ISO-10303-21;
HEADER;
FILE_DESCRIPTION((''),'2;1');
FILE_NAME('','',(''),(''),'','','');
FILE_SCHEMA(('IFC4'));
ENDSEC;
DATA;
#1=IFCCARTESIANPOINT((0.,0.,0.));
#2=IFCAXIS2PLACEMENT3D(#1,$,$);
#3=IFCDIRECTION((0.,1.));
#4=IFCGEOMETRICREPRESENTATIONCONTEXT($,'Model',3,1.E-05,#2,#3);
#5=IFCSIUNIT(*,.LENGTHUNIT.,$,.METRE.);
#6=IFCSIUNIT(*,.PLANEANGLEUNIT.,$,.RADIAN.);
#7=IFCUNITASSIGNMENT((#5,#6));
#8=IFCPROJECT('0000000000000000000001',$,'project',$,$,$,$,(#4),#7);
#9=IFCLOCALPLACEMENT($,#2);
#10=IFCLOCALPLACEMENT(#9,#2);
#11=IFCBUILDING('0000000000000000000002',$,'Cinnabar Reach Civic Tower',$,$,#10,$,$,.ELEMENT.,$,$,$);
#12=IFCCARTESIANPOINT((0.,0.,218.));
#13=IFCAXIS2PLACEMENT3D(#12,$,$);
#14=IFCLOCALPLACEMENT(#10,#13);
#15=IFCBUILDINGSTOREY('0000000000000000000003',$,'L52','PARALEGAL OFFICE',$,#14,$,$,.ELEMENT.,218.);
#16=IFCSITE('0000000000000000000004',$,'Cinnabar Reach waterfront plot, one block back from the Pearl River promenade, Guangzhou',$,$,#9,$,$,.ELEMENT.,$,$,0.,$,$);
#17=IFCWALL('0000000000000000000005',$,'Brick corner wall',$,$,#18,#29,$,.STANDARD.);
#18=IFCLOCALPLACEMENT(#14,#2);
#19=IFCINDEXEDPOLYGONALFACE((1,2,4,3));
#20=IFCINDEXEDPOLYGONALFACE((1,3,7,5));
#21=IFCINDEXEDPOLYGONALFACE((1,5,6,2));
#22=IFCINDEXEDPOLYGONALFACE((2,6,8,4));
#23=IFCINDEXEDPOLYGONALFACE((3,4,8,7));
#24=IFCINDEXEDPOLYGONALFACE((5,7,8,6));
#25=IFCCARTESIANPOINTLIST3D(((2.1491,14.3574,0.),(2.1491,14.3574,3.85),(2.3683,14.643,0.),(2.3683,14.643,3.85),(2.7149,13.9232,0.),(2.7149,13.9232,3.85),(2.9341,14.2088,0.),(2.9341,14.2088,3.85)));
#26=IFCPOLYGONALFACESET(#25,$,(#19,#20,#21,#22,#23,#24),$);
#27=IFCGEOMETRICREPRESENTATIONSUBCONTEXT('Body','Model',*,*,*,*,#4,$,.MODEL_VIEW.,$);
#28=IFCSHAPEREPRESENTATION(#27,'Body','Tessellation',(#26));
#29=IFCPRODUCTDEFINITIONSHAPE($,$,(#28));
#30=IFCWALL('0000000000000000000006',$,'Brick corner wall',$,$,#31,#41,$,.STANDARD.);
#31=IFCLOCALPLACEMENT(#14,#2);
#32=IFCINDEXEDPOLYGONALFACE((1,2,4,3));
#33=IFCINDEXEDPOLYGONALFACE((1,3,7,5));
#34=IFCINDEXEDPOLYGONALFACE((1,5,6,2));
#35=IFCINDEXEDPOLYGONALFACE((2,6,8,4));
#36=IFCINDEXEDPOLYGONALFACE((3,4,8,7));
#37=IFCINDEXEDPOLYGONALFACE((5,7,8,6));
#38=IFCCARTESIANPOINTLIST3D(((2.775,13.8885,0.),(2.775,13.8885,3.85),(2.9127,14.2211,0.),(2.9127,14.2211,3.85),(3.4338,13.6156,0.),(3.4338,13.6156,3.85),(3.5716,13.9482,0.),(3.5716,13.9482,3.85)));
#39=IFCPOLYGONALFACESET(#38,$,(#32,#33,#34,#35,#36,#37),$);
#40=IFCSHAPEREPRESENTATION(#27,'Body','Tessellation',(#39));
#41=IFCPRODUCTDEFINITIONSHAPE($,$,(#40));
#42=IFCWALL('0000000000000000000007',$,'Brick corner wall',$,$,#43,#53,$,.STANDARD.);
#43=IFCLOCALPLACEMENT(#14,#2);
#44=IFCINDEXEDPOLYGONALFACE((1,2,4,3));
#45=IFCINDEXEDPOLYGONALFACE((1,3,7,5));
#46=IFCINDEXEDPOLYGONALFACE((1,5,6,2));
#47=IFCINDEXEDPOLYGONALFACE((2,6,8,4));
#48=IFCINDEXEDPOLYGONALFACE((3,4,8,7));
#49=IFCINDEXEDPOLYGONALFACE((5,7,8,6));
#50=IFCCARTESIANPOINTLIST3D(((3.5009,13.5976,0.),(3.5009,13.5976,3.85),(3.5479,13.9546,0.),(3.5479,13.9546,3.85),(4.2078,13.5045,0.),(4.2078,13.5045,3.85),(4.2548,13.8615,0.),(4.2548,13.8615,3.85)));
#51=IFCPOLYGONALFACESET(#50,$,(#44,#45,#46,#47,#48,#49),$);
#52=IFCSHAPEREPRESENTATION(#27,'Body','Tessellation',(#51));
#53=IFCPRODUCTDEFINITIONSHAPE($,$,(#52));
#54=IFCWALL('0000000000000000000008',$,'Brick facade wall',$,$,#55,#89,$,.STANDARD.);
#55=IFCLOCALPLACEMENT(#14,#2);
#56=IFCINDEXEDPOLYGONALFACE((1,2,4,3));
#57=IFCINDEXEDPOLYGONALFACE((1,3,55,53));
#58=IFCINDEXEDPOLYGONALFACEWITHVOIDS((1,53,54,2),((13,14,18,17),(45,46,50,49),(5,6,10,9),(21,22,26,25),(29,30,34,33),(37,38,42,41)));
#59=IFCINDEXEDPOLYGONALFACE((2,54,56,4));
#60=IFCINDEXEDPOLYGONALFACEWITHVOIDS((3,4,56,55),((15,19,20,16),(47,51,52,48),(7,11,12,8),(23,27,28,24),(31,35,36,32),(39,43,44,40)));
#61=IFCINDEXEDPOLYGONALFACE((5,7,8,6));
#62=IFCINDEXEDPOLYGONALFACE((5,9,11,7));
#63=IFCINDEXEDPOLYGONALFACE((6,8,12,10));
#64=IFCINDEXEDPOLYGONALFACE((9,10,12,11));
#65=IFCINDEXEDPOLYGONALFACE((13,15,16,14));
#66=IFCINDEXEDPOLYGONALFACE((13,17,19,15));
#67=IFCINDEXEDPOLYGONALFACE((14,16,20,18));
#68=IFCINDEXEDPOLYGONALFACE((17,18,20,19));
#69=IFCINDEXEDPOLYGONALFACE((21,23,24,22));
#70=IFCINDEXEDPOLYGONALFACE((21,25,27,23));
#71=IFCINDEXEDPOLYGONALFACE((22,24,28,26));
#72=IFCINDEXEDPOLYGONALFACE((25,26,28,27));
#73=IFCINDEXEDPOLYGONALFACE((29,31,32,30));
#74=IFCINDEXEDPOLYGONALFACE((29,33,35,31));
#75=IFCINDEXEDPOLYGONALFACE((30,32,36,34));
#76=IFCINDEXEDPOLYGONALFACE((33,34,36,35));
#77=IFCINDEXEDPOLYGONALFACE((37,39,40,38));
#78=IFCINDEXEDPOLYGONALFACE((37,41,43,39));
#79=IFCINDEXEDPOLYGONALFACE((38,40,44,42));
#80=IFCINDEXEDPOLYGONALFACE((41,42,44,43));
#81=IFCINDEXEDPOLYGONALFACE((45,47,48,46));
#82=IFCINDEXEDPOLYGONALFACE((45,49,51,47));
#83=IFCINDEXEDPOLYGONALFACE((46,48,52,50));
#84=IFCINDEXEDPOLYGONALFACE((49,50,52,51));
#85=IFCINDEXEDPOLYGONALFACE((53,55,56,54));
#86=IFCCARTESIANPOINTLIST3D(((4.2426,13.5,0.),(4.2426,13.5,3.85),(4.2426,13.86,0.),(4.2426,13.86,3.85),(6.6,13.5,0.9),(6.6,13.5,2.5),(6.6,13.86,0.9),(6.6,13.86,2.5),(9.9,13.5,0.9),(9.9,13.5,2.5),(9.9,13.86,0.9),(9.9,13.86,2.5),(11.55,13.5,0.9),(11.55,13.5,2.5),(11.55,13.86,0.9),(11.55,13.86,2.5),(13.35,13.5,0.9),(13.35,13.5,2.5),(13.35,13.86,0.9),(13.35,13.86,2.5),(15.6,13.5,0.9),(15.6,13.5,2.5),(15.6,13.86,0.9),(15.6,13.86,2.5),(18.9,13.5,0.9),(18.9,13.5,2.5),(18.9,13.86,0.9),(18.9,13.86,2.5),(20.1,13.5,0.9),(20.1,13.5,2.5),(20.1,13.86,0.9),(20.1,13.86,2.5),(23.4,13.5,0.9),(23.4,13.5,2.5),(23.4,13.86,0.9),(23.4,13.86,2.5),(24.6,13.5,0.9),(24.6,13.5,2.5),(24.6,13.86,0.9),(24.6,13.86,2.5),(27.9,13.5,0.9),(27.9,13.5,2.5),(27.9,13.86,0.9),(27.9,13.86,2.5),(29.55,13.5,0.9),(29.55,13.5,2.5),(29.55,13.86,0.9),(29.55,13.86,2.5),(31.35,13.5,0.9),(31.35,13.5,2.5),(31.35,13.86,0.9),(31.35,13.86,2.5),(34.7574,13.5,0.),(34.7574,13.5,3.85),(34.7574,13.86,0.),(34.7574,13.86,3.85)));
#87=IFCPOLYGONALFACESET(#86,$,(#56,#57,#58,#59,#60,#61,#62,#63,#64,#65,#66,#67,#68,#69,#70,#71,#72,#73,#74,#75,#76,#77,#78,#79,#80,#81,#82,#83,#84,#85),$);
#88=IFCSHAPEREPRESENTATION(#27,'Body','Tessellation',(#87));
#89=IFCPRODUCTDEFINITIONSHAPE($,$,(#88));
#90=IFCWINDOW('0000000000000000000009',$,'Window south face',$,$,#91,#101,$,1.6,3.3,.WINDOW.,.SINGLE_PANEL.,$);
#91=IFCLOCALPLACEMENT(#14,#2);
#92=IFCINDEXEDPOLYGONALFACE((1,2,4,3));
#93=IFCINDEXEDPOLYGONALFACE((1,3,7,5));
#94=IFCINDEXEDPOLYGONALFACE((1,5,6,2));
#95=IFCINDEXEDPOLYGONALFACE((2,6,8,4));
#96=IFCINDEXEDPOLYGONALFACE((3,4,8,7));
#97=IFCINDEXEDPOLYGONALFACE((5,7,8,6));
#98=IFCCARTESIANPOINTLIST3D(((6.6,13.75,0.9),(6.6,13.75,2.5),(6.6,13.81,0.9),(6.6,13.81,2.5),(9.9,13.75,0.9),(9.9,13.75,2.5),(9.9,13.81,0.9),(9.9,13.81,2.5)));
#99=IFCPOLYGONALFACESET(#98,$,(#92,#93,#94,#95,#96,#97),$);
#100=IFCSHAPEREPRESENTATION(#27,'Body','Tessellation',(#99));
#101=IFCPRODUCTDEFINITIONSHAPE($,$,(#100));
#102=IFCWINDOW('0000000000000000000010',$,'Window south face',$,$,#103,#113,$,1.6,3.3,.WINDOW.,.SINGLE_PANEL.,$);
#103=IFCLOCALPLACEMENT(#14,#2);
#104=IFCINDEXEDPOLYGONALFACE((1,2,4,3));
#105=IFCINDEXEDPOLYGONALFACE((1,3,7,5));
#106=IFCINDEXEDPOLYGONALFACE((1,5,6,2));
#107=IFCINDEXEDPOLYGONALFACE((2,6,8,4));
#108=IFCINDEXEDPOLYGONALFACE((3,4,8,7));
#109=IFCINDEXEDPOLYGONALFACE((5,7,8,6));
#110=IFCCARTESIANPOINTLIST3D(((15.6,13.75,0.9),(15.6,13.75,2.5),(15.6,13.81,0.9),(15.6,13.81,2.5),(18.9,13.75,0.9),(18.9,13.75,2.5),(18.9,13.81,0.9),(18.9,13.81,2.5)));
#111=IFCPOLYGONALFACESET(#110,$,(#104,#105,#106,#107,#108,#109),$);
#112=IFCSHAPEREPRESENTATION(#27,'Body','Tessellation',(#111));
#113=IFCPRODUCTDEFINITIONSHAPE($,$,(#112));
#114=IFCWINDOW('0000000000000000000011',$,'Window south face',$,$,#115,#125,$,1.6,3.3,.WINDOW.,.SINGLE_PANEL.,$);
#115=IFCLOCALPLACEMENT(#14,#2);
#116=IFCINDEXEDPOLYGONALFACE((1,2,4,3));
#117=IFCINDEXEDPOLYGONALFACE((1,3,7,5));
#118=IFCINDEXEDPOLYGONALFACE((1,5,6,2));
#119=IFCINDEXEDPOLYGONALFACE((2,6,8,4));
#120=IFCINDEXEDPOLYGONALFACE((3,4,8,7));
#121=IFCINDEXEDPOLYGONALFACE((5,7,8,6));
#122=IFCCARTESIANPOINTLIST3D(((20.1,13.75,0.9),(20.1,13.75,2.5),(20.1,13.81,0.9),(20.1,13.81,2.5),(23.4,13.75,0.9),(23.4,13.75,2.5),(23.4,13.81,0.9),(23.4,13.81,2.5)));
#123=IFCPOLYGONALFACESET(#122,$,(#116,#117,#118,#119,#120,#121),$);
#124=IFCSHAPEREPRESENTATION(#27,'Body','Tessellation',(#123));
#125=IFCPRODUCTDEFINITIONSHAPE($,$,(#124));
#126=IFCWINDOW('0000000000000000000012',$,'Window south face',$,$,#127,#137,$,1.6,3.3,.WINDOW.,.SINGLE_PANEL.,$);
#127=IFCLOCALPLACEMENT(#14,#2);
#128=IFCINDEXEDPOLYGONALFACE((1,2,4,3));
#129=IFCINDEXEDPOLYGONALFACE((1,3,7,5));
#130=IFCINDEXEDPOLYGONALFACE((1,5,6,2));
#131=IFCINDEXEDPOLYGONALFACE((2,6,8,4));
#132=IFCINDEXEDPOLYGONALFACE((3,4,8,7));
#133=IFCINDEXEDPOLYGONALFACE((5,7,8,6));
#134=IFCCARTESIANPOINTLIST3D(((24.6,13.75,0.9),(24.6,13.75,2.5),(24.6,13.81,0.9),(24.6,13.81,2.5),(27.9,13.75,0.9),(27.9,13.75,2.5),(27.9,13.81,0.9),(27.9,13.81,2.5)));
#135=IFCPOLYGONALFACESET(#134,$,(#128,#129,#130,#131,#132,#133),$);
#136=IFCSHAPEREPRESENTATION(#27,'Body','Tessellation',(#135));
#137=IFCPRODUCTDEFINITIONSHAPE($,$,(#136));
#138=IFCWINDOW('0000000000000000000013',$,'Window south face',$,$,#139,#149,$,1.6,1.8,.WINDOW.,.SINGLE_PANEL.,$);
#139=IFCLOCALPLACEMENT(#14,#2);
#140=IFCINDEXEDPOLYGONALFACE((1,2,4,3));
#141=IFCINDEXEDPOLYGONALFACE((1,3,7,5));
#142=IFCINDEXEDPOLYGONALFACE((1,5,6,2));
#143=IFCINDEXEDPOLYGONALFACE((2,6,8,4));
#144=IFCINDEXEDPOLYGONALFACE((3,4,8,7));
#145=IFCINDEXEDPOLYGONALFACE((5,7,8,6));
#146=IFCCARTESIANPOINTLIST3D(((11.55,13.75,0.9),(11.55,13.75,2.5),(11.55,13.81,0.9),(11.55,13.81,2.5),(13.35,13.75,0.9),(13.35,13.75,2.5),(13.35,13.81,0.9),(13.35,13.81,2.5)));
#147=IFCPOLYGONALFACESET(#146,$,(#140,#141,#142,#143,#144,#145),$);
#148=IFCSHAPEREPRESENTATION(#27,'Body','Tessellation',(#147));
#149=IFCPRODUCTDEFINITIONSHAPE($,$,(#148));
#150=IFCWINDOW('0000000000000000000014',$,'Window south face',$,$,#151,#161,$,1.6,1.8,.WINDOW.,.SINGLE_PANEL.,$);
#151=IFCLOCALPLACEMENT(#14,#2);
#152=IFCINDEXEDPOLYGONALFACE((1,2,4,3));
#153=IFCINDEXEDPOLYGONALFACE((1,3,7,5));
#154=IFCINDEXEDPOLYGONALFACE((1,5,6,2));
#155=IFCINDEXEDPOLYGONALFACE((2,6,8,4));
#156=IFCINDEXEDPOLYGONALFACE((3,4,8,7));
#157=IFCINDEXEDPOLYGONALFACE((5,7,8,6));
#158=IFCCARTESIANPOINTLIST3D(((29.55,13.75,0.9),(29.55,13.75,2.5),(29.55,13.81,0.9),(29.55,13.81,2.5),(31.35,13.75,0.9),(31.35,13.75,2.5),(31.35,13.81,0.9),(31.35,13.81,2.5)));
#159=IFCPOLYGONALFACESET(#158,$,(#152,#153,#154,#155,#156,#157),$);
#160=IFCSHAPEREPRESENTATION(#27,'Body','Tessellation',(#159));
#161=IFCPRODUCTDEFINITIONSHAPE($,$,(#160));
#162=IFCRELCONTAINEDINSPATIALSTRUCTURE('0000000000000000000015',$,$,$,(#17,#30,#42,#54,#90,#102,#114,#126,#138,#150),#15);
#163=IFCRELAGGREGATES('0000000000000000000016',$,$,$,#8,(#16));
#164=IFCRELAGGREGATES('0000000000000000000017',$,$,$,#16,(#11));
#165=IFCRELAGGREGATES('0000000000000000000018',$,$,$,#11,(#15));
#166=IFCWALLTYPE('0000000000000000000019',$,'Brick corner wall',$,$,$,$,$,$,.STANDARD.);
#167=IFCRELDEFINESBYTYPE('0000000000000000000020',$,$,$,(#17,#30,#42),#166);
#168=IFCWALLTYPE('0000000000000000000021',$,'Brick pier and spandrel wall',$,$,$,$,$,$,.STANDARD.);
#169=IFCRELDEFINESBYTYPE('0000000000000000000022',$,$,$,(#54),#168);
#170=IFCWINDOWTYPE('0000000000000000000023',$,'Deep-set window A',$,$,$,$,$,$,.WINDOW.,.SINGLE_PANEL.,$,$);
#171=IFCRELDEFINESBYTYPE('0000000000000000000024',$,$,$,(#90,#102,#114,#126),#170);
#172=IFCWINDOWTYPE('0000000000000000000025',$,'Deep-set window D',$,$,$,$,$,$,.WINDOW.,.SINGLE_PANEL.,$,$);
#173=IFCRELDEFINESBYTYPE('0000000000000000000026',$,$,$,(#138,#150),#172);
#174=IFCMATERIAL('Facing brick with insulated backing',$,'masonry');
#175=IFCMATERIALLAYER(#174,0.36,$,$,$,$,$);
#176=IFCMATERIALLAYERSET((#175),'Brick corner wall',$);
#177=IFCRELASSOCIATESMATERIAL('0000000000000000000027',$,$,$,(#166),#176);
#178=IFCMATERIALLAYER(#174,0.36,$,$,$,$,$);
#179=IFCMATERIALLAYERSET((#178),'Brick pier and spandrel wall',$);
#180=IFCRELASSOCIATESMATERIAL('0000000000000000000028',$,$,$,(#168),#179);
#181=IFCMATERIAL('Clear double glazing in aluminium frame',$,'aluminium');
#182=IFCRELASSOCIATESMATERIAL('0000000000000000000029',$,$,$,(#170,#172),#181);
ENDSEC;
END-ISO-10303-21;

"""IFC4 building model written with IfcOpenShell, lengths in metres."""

from ifc_helpers import new_model, si_unit, direction, frame, frame_2d, origin, place, context, subcontext, project, spatial, rectangle, extrude, material, layer, layer_set, type_object, element, fill, save


model = new_model("IFC4")

# Units and contexts
model_context = context("Model", 3, precision=1e-05, world=origin(), true_north=direction((0.0, 1.0)))
body_context = subcontext(model_context, "Body", "Model", "MODEL_VIEW")
ifc_project = project(units=[si_unit("LENGTHUNIT", "METRE"), si_unit("PLANEANGLEUNIT", "RADIAN")], contexts=[model_context])

# Site, building, storey
site_placement = place(None, origin())
site = spatial("IfcSite", under=ifc_project, at=site_placement, Name="Cinnabar Reach waterfront plot, one block back from the Pearl River promenade, Guangzhou", CompositionType="ELEMENT", RefElevation=0.0)
building_placement = place(site_placement, origin())
building = spatial("IfcBuilding", under=site, at=building_placement, Name="Cinnabar Reach Civic Tower", CompositionType="ELEMENT")
storey_placement = place(building_placement, frame((0.0, 0.0, 218.0)))
storey = spatial("IfcBuildingStorey", under=building, at=storey_placement, Name="L52", Description="PARALEGAL OFFICE", CompositionType="ELEMENT", Elevation=218.0)

# Walls
ifc_material_1 = material(Name="Facing brick with insulated backing", Category="masonry")
ifc_layer_1 = layer(ifc_material_1, 0.36)
ifc_layer_set_1 = layer_set([ifc_layer_1], Name="Brick corner wall")
wall_type_1 = type_object("IfcWallType", Name="Brick corner wall", PredefinedType="STANDARD", material=ifc_layer_set_1)
wall_1_placement = place(storey_placement, frame((2.2587, 14.5002, 0.0), z_axis=(0.0, 0.0, 1.0), x_axis=(0.793322, -0.608802, 0.0)))
element("IfcWall", 1, at=wall_1_placement, inside=storey, type_object=wall_type_1, Name="Brick corner wall", PredefinedType="STANDARD", context=body_context, shape_type="SweptSolid", body=[
    extrude(rectangle(XDim=0.7132, YDim=0.36, at=frame_2d((0.3566, 0.0))), origin(), (0.0, 0.0, 1.0), 3.85),
])
for number, where, z_axis, x_axis, name in (
    (2, (2.8439, 14.0548, 0.0), (0.0, 0.0, 1.0), (0.923872, -0.382703, 0.0), "Brick corner wall"),
    (3, (3.5244, 13.7761, 0.0), (0.0, 0.0, 1.0), (0.991441, -0.130556, 0.0), "Brick corner wall"),
):
    element("IfcWall", number, at=place(storey_placement, frame(where, z_axis=z_axis, x_axis=x_axis)), inside=storey, type_object=wall_type_1, Name=name, PredefinedType="STANDARD", context=body_context, shape_type="SweptSolid", body=[
        extrude(rectangle(XDim=0.7131, YDim=0.36, at=frame_2d((0.3565, 0.0))), origin(), (0.0, 0.0, 1.0), 3.85),
    ])

# Wall, openings, windows
ifc_layer_2 = layer(ifc_material_1, 0.36)
ifc_layer_set_2 = layer_set([ifc_layer_2], Name="Brick pier and spandrel wall")
wall_type_2 = type_object("IfcWallType", Name="Brick pier and spandrel wall", PredefinedType="STANDARD", material=ifc_layer_set_2)
wall_2_placement = place(storey_placement, frame((4.2426, 13.68, 0.0), z_axis=(0.0, 0.0, 1.0), x_axis=(1.0, 0.0, 0.0)))
wall_2 = element("IfcWall", 4, at=wall_2_placement, inside=storey, type_object=wall_type_2, Name="Brick facade wall", PredefinedType="STANDARD", context=body_context, shape_type="SweptSolid", body=[
    extrude(rectangle(XDim=30.5148, YDim=0.36, at=frame_2d((15.2574, 0.0))), origin(), (0.0, 0.0, 1.0), 3.85),
])
opening_1_placement = place(wall_2_placement, frame((2.3574, 0.0, 0.9)))
opening_1 = element("IfcOpeningElement", 5, at=opening_1_placement, cuts=wall_2, PredefinedType="OPENING", context=body_context, shape_type="SweptSolid", body=[
    extrude(rectangle(XDim=3.3, YDim=1.6, at=frame_2d((1.65, 0.8))), frame((0.0, 0.19, 0.0), z_axis=(0.0, -1.0, 0.0), x_axis=(1.0, 0.0, 0.0)), (0.0, 0.0, 1.0), 0.38),
])
opening_2_placement = place(wall_2_placement, frame((7.3074, 0.0, 0.9)))
opening_2 = element("IfcOpeningElement", 6, at=opening_2_placement, cuts=wall_2, PredefinedType="OPENING", context=body_context, shape_type="SweptSolid", body=[
    extrude(rectangle(XDim=1.8, YDim=1.6, at=frame_2d((0.9, 0.8))), frame((0.0, 0.19, 0.0), z_axis=(0.0, -1.0, 0.0), x_axis=(1.0, 0.0, 0.0)), (0.0, 0.0, 1.0), 0.38),
])
opening_3_placement = place(wall_2_placement, frame((11.3574, 0.0, 0.9)))
opening_3 = element("IfcOpeningElement", 7, at=opening_3_placement, cuts=wall_2, PredefinedType="OPENING", context=body_context, shape_type="SweptSolid", body=[
    extrude(rectangle(XDim=3.3, YDim=1.6, at=frame_2d((1.65, 0.8))), frame((0.0, 0.19, 0.0), z_axis=(0.0, -1.0, 0.0), x_axis=(1.0, 0.0, 0.0)), (0.0, 0.0, 1.0), 0.38),
])
opening_4_placement = place(wall_2_placement, frame((15.8574, 0.0, 0.9)))
opening_4 = element("IfcOpeningElement", 8, at=opening_4_placement, cuts=wall_2, PredefinedType="OPENING", context=body_context, shape_type="SweptSolid", body=[
    extrude(rectangle(XDim=3.3, YDim=1.6, at=frame_2d((1.65, 0.8))), frame((0.0, 0.19, 0.0), z_axis=(0.0, -1.0, 0.0), x_axis=(1.0, 0.0, 0.0)), (0.0, 0.0, 1.0), 0.38),
])
opening_5_placement = place(wall_2_placement, frame((20.3574, 0.0, 0.9)))
opening_5 = element("IfcOpeningElement", 9, at=opening_5_placement, cuts=wall_2, PredefinedType="OPENING", context=body_context, shape_type="SweptSolid", body=[
    extrude(rectangle(XDim=3.3, YDim=1.6, at=frame_2d((1.65, 0.8))), frame((0.0, 0.19, 0.0), z_axis=(0.0, -1.0, 0.0), x_axis=(1.0, 0.0, 0.0)), (0.0, 0.0, 1.0), 0.38),
])
opening_6_placement = place(wall_2_placement, frame((25.3074, 0.0, 0.9)))
opening_6 = element("IfcOpeningElement", 10, at=opening_6_placement, cuts=wall_2, PredefinedType="OPENING", context=body_context, shape_type="SweptSolid", body=[
    extrude(rectangle(XDim=1.8, YDim=1.6, at=frame_2d((0.9, 0.8))), frame((0.0, 0.19, 0.0), z_axis=(0.0, -1.0, 0.0), x_axis=(1.0, 0.0, 0.0)), (0.0, 0.0, 1.0), 0.38),
])
ifc_material_2 = material(Name="Clear double glazing in aluminium frame", Category="aluminium")
window_type_1 = type_object("IfcWindowType", Name="Deep-set window A", PartitioningType="SINGLE_PANEL", PredefinedType="WINDOW", material=ifc_material_2)
window_1_placement = place(opening_1_placement, origin())
window_1 = element("IfcWindow", 11, at=window_1_placement, inside=storey, type_object=window_type_1, Name="Window south face", OverallHeight=1.6, OverallWidth=3.3, PartitioningType="SINGLE_PANEL", PredefinedType="WINDOW", context=body_context, shape_type="SweptSolid", body=[
    extrude(rectangle(XDim=3.3, YDim=1.6, at=frame_2d((1.65, 0.8))), frame((0.0, 0.13, 0.0), z_axis=(0.0, -1.0, 0.0), x_axis=(1.0, 0.0, 0.0)), (0.0, 0.0, 1.0), 0.06),
])
fill(opening_1, window_1)
window_2_placement = place(opening_3_placement, origin())
window_2 = element("IfcWindow", 12, at=window_2_placement, inside=storey, type_object=window_type_1, Name="Window south face", OverallHeight=1.6, OverallWidth=3.3, PartitioningType="SINGLE_PANEL", PredefinedType="WINDOW", context=body_context, shape_type="SweptSolid", body=[
    extrude(rectangle(XDim=3.3, YDim=1.6, at=frame_2d((1.65, 0.8))), frame((0.0, 0.13, 0.0), z_axis=(0.0, -1.0, 0.0), x_axis=(1.0, 0.0, 0.0)), (0.0, 0.0, 1.0), 0.06),
])
fill(opening_3, window_2)
window_3_placement = place(opening_4_placement, origin())
window_3 = element("IfcWindow", 13, at=window_3_placement, inside=storey, type_object=window_type_1, Name="Window south face", OverallHeight=1.6, OverallWidth=3.3, PartitioningType="SINGLE_PANEL", PredefinedType="WINDOW", context=body_context, shape_type="SweptSolid", body=[
    extrude(rectangle(XDim=3.3, YDim=1.6, at=frame_2d((1.65, 0.8))), frame((0.0, 0.13, 0.0), z_axis=(0.0, -1.0, 0.0), x_axis=(1.0, 0.0, 0.0)), (0.0, 0.0, 1.0), 0.06),
])
fill(opening_4, window_3)
window_4_placement = place(opening_5_placement, origin())
window_4 = element("IfcWindow", 14, at=window_4_placement, inside=storey, type_object=window_type_1, Name="Window south face", OverallHeight=1.6, OverallWidth=3.3, PartitioningType="SINGLE_PANEL", PredefinedType="WINDOW", context=body_context, shape_type="SweptSolid", body=[
    extrude(rectangle(XDim=3.3, YDim=1.6, at=frame_2d((1.65, 0.8))), frame((0.0, 0.13, 0.0), z_axis=(0.0, -1.0, 0.0), x_axis=(1.0, 0.0, 0.0)), (0.0, 0.0, 1.0), 0.06),
])
fill(opening_5, window_4)
window_type_2 = type_object("IfcWindowType", Name="Deep-set window D", PartitioningType="SINGLE_PANEL", PredefinedType="WINDOW", material=ifc_material_2)
window_5_placement = place(opening_2_placement, origin())
window_5 = element("IfcWindow", 15, at=window_5_placement, inside=storey, type_object=window_type_2, Name="Window south face", OverallHeight=1.6, OverallWidth=1.8, PartitioningType="SINGLE_PANEL", PredefinedType="WINDOW", context=body_context, shape_type="SweptSolid", body=[
    extrude(rectangle(XDim=1.8, YDim=1.6, at=frame_2d((0.9, 0.8))), frame((0.0, 0.13, 0.0), z_axis=(0.0, -1.0, 0.0), x_axis=(1.0, 0.0, 0.0)), (0.0, 0.0, 1.0), 0.06),
])
fill(opening_2, window_5)
window_6_placement = place(opening_6_placement, origin())
window_6 = element("IfcWindow", 16, at=window_6_placement, inside=storey, type_object=window_type_2, Name="Window south face", OverallHeight=1.6, OverallWidth=1.8, PartitioningType="SINGLE_PANEL", PredefinedType="WINDOW", context=body_context, shape_type="SweptSolid", body=[
    extrude(rectangle(XDim=1.8, YDim=1.6, at=frame_2d((0.9, 0.8))), frame((0.0, 0.13, 0.0), z_axis=(0.0, -1.0, 0.0), x_axis=(1.0, 0.0, 0.0)), (0.0, 0.0, 1.0), 0.06),
])
fill(opening_6, window_6)

save(model, "model.ifc")
